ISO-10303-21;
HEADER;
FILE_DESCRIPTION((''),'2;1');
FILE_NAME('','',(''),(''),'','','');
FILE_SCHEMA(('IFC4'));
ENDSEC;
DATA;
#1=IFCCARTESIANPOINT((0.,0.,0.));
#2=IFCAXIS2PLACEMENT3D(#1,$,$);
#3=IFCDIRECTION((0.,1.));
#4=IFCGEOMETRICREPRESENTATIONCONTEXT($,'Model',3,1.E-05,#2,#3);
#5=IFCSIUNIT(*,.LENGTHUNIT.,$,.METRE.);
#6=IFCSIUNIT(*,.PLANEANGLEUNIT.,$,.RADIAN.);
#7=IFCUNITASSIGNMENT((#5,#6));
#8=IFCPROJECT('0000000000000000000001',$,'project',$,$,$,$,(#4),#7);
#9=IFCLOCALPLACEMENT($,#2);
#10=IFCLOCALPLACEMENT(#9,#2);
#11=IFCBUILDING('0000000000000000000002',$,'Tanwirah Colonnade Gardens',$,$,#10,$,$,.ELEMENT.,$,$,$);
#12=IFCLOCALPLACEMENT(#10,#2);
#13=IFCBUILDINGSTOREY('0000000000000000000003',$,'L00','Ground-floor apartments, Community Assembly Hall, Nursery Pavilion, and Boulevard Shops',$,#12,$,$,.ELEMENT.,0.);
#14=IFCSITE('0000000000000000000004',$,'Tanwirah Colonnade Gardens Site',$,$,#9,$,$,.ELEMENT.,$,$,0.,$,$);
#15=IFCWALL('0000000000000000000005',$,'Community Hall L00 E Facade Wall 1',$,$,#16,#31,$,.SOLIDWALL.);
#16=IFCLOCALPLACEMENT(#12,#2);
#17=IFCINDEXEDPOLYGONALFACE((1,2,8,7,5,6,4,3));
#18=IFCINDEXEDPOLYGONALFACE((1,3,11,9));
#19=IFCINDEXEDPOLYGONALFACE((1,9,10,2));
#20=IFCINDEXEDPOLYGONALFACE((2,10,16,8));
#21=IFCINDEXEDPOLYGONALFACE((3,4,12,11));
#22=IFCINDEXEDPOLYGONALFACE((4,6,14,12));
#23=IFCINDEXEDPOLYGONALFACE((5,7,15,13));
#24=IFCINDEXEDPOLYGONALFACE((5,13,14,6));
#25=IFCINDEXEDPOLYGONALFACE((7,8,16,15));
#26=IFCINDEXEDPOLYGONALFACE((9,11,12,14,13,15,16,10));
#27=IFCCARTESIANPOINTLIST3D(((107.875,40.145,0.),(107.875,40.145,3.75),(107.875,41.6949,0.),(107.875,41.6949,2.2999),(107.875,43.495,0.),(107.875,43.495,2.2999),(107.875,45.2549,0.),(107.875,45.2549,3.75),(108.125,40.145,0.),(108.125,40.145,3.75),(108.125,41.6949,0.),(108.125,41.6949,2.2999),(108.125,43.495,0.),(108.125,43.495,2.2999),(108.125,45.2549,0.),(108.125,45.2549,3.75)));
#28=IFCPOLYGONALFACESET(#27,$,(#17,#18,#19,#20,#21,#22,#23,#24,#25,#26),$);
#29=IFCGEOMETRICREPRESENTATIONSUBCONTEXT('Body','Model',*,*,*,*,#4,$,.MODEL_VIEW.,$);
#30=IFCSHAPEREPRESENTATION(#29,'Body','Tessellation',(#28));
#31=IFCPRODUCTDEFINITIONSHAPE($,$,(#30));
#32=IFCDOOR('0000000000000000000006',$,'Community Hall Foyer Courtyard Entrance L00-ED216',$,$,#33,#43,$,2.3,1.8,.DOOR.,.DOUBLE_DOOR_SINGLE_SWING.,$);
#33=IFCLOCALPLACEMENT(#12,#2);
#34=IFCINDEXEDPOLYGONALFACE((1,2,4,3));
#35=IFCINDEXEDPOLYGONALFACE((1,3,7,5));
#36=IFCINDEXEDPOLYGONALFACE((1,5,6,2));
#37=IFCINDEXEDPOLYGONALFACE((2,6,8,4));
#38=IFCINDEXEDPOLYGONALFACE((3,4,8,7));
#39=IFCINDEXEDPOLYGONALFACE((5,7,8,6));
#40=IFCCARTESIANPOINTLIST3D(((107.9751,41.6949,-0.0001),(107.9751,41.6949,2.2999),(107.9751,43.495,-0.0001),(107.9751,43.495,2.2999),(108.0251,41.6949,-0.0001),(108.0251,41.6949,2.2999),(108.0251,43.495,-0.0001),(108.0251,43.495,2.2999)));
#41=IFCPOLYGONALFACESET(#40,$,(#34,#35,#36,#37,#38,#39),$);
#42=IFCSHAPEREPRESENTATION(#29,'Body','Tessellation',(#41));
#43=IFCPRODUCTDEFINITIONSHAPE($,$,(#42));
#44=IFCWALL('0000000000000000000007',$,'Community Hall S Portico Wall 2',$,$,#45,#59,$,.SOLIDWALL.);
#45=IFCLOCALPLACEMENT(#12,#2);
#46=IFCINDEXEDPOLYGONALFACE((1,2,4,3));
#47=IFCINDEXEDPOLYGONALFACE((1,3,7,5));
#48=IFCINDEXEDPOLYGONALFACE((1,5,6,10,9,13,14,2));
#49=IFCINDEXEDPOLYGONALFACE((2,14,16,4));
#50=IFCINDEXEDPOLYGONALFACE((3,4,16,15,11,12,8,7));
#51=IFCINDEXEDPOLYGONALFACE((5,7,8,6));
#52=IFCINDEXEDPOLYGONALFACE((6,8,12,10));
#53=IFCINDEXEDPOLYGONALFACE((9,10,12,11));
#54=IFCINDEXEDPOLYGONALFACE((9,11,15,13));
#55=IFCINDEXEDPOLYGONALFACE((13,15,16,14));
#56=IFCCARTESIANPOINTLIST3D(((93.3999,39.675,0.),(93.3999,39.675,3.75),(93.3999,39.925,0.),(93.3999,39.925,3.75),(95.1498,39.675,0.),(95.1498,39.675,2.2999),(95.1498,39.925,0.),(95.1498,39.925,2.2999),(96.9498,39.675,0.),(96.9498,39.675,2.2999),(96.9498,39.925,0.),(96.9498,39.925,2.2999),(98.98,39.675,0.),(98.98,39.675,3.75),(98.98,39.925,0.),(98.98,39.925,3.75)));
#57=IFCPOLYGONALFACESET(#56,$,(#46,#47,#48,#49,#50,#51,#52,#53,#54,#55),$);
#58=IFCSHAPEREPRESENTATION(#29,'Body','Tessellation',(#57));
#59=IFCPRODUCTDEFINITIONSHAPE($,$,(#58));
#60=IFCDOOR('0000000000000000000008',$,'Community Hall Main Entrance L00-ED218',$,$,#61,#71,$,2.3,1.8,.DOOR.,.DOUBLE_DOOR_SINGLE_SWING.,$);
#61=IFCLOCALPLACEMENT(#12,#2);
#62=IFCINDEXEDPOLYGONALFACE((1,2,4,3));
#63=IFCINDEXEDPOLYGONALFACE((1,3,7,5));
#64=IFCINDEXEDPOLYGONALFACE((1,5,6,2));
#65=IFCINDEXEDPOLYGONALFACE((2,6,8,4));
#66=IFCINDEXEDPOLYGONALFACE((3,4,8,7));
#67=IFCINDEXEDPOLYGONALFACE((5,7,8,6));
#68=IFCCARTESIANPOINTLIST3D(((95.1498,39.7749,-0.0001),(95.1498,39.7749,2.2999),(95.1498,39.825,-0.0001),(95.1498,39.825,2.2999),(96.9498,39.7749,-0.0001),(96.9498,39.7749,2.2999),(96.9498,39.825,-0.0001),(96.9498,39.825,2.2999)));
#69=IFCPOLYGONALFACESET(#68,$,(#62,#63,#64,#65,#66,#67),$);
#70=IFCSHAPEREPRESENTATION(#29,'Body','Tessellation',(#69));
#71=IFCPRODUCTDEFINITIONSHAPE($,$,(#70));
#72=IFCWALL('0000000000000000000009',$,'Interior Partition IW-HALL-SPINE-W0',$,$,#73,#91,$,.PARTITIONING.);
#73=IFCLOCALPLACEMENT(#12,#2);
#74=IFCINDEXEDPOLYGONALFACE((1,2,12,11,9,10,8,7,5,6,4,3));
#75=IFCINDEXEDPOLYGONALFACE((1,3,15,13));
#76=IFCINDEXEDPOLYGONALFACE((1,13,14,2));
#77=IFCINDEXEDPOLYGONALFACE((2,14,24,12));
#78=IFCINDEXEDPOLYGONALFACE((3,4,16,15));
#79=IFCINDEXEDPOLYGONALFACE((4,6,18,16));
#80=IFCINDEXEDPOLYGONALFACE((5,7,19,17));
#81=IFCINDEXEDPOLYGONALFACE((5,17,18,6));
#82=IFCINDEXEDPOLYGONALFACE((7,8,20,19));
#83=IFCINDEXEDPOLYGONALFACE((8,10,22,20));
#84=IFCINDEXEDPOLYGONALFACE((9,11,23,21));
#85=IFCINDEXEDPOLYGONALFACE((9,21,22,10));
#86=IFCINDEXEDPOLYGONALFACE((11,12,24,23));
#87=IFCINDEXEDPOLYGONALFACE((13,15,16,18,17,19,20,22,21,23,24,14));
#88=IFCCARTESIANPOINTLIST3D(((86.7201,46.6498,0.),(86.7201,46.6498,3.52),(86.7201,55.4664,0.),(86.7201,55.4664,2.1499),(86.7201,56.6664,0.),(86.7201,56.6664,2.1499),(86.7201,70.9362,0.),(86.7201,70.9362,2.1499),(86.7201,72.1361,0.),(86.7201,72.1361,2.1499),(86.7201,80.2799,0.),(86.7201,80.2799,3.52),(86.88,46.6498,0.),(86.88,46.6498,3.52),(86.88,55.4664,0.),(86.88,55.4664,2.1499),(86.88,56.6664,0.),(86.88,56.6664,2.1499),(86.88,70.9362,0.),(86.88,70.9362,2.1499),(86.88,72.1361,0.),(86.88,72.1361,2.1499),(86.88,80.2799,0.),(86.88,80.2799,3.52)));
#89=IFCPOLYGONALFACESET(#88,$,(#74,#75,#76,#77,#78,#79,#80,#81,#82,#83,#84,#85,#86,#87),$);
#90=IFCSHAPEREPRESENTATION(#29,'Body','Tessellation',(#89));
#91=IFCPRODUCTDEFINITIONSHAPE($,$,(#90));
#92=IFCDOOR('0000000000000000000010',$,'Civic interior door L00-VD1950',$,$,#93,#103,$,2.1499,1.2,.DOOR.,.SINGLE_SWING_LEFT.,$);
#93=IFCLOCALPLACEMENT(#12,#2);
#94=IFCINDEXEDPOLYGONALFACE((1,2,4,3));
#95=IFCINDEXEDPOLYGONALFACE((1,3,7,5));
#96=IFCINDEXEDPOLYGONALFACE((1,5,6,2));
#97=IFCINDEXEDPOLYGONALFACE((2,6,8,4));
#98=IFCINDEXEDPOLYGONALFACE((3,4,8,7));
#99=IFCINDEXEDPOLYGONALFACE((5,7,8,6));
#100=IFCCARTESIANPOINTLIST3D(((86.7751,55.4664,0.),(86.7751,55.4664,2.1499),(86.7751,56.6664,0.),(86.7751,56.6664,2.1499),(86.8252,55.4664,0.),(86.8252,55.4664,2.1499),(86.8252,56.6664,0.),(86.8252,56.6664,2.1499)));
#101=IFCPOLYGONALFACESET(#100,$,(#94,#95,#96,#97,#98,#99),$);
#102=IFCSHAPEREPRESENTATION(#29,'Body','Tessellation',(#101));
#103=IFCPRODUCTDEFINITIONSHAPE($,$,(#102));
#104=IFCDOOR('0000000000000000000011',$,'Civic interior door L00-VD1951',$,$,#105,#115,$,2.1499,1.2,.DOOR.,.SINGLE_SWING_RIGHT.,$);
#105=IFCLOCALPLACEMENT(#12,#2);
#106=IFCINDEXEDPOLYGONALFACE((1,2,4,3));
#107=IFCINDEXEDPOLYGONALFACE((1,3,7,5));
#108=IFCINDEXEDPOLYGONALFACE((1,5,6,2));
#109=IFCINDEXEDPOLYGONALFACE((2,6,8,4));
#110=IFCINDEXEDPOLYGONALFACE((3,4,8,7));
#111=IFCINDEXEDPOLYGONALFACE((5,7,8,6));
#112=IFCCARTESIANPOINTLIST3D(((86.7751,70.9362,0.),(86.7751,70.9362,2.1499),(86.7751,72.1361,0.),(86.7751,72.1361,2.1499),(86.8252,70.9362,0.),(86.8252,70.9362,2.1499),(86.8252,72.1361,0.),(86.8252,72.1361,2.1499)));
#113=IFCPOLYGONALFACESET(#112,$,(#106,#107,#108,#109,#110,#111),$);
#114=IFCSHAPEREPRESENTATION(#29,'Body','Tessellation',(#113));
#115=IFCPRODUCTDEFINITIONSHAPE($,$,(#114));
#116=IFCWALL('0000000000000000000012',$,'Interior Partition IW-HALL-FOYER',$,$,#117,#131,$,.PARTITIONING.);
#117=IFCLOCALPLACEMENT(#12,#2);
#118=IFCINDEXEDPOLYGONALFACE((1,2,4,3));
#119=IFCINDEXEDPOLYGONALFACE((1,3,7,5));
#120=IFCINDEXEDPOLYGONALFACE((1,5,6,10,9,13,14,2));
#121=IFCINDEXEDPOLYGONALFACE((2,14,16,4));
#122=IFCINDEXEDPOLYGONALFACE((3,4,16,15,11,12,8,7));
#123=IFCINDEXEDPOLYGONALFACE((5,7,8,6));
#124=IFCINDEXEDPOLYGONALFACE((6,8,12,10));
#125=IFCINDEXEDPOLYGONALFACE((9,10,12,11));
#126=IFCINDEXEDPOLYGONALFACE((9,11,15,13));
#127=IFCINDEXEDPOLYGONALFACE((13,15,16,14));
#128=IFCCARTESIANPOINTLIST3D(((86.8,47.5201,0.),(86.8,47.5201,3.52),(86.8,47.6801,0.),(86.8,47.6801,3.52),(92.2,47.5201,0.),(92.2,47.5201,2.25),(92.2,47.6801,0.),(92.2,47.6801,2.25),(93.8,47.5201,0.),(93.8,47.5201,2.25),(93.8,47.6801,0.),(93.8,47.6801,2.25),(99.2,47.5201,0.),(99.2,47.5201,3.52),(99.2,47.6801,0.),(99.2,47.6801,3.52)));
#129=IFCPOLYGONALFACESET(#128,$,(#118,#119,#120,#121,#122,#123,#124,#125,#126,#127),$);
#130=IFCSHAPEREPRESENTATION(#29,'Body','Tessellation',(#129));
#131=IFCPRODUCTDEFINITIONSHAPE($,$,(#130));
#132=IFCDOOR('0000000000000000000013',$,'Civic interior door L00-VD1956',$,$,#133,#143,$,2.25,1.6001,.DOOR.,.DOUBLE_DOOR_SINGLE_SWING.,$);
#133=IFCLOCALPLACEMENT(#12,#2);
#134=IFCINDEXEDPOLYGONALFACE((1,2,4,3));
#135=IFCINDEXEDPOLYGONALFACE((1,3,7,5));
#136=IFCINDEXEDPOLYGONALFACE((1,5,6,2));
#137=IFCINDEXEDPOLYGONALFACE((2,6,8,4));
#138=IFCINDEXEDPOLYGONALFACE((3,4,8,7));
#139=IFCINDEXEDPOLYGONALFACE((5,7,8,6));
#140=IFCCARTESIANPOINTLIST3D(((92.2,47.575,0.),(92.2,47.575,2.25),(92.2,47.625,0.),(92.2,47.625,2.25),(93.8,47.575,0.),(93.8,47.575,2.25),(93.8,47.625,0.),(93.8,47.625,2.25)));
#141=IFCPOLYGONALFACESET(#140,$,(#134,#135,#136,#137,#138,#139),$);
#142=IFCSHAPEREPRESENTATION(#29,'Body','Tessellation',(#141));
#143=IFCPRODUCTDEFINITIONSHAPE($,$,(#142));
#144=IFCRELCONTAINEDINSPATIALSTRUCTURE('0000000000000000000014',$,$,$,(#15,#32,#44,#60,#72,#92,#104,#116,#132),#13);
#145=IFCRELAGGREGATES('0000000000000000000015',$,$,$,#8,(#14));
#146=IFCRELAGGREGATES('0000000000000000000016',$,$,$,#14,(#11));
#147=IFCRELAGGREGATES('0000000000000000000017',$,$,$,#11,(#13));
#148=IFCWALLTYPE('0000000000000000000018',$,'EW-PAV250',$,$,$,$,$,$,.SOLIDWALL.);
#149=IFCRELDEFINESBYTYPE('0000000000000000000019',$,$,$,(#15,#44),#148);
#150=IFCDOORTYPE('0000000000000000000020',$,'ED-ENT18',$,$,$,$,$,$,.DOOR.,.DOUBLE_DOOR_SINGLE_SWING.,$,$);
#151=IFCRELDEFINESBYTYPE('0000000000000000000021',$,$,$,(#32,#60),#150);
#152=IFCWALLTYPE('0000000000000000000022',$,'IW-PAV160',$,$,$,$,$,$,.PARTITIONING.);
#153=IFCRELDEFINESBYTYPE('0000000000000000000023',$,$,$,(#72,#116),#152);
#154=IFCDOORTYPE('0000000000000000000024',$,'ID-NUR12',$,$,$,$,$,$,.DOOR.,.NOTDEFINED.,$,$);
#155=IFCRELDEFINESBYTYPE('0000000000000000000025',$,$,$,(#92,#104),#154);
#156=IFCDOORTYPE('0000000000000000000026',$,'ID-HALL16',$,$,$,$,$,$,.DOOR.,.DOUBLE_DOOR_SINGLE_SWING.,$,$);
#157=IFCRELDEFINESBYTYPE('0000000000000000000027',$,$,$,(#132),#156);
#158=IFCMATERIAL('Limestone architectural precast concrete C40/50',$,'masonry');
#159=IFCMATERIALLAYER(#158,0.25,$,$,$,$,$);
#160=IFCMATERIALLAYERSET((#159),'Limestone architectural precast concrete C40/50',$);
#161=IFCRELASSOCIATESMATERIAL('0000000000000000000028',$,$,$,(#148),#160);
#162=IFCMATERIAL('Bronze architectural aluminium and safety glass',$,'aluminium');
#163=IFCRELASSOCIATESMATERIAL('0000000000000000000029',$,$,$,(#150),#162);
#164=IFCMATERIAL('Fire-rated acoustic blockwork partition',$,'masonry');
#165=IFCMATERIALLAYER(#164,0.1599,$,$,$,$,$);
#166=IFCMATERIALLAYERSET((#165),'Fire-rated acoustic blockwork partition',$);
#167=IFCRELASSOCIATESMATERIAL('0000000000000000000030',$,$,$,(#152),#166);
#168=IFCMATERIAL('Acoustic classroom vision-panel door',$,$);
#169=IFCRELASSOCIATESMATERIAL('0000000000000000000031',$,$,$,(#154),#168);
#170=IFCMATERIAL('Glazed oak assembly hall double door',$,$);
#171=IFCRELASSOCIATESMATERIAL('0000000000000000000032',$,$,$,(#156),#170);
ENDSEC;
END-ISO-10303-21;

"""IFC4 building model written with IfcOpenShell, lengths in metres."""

from ifc_helpers import new_model, si_unit, direction, frame, frame_2d, origin, place, context, subcontext, project, spatial, rectangle, extrude, material, layer, layer_set, type_object, element, fill, save


model = new_model("IFC4")

# Units and contexts
model_context = context("Model", 3, precision=1e-05, world=origin(), true_north=direction((0.0, 1.0)))
body_context = subcontext(model_context, "Body", "Model", "MODEL_VIEW")
ifc_project = project(units=[si_unit("LENGTHUNIT", "METRE"), si_unit("PLANEANGLEUNIT", "RADIAN")], contexts=[model_context])

# Site, building, storey
site_placement = place(None, origin())
site = spatial("IfcSite", under=ifc_project, at=site_placement, Name="Tanwirah Colonnade Gardens Site", CompositionType="ELEMENT", RefElevation=0.0)
building_placement = place(site_placement, origin())
building = spatial("IfcBuilding", under=site, at=building_placement, Name="Tanwirah Colonnade Gardens", CompositionType="ELEMENT")
storey_placement = place(building_placement, origin())
storey = spatial("IfcBuildingStorey", under=building, at=storey_placement, Name="L00", Description="Ground-floor apartments, Community Assembly Hall, Nursery Pavilion, and Boulevard Shops", CompositionType="ELEMENT", Elevation=0.0)

# Walls, openings, doors
ifc_material_1 = material(Name="Limestone architectural precast concrete C40/50", Category="masonry")
ifc_layer_1 = layer(ifc_material_1, 0.25)
ifc_layer_set_1 = layer_set([ifc_layer_1], Name="Limestone architectural precast concrete C40/50")
wall_type_1 = type_object("IfcWallType", Name="EW-PAV250", PredefinedType="SOLIDWALL", material=ifc_layer_set_1)
wall_1_placement = place(storey_placement, frame((108.0, 40.145, 0.0), z_axis=(0.0, 0.0, 1.0), x_axis=(0.0, 1.0, 0.0)))
wall_1 = element("IfcWall", 1, at=wall_1_placement, inside=storey, type_object=wall_type_1, Name="Community Hall L00 E Facade Wall 1", PredefinedType="SOLIDWALL", context=body_context, shape_type="SweptSolid", body=[
    extrude(rectangle(XDim=5.1099, YDim=0.25, at=frame_2d((2.5549, 0.0))), origin(), (0.0, 0.0, 1.0), 3.75),
])
opening_1_placement = place(wall_1_placement, frame((1.55, 0.0, 0.0)))
opening_1 = element("IfcOpeningElement", 2, at=opening_1_placement, cuts=wall_1, PredefinedType="OPENING", context=body_context, shape_type="SweptSolid", body=[
    extrude(rectangle(XDim=1.8, YDim=2.3, at=frame_2d((0.8999, 1.1499))), frame((0.0, 0.135, 0.0), z_axis=(0.0, -1.0, 0.0), x_axis=(1.0, 0.0, 0.0)), (0.0, 0.0, 1.0), 0.27),
])
ifc_material_2 = material(Name="Bronze architectural aluminium and safety glass", Category="aluminium")
door_type_1 = type_object("IfcDoorType", Name="ED-ENT18", OperationType="DOUBLE_DOOR_SINGLE_SWING", PredefinedType="DOOR", material=ifc_material_2)
door_1_placement = place(opening_1_placement, origin())
door_1 = element("IfcDoor", 3, at=door_1_placement, inside=storey, type_object=door_type_1, Name="Community Hall Foyer Courtyard Entrance L00-ED216", OperationType="DOUBLE_DOOR_SINGLE_SWING", OverallHeight=2.3, OverallWidth=1.8, PredefinedType="DOOR", context=body_context, shape_type="SweptSolid", body=[
    extrude(rectangle(XDim=1.8, YDim=2.3, at=frame_2d((0.8999, 1.1499))), frame((0.0, 0.0249, 0.0), z_axis=(0.0, -1.0, 0.0), x_axis=(1.0, 0.0, 0.0)), (0.0, 0.0, 1.0), 0.05),
])
fill(opening_1, door_1)
wall_2_placement = place(storey_placement, frame((93.3999, 39.8, 0.0), z_axis=(0.0, 0.0, 1.0), x_axis=(1.0, 0.0, 0.0)))
wall_2 = element("IfcWall", 4, at=wall_2_placement, inside=storey, type_object=wall_type_1, Name="Community Hall S Portico Wall 2", PredefinedType="SOLIDWALL", context=body_context, shape_type="SweptSolid", body=[
    extrude(rectangle(XDim=5.5801, YDim=0.25, at=frame_2d((2.79, 0.0))), origin(), (0.0, 0.0, 1.0), 3.75),
])
opening_2_placement = place(wall_2_placement, frame((1.75, 0.0, 0.0)))
opening_2 = element("IfcOpeningElement", 5, at=opening_2_placement, cuts=wall_2, PredefinedType="OPENING", context=body_context, shape_type="SweptSolid", body=[
    extrude(rectangle(XDim=1.8, YDim=2.3, at=frame_2d((0.8999, 1.1499))), frame((0.0, 0.135, 0.0), z_axis=(0.0, -1.0, 0.0), x_axis=(1.0, 0.0, 0.0)), (0.0, 0.0, 1.0), 0.27),
])
door_2_placement = place(opening_2_placement, origin())
door_2 = element("IfcDoor", 6, at=door_2_placement, inside=storey, type_object=door_type_1, Name="Community Hall Main Entrance L00-ED218", OperationType="DOUBLE_DOOR_SINGLE_SWING", OverallHeight=2.3, OverallWidth=1.8, PredefinedType="DOOR", context=body_context, shape_type="SweptSolid", body=[
    extrude(rectangle(XDim=1.8, YDim=2.3, at=frame_2d((0.8999, 1.1499))), frame((0.0, 0.0249, 0.0), z_axis=(0.0, -1.0, 0.0), x_axis=(1.0, 0.0, 0.0)), (0.0, 0.0, 1.0), 0.05),
])
fill(opening_2, door_2)

# Wall, openings, doors
ifc_material_3 = material(Name="Fire-rated acoustic blockwork partition", Category="masonry")
ifc_layer_2 = layer(ifc_material_3, 0.1599)
ifc_layer_set_2 = layer_set([ifc_layer_2], Name="Fire-rated acoustic blockwork partition")
wall_type_2 = type_object("IfcWallType", Name="IW-PAV160", PredefinedType="PARTITIONING", material=ifc_layer_set_2)
wall_3_placement = place(storey_placement, frame((86.8, 46.6499, 0.0), z_axis=(0.0, 0.0, 1.0), x_axis=(0.0, 1.0, 0.0)))
wall_3 = element("IfcWall", 7, at=wall_3_placement, inside=storey, type_object=wall_type_2, Name="Interior Partition IW-HALL-SPINE-W0", PredefinedType="PARTITIONING", context=body_context, shape_type="SweptSolid", body=[
    extrude(rectangle(XDim=33.6301, YDim=0.1599, at=frame_2d((16.8149, 0.0))), origin(), (0.0, 0.0, 1.0), 3.52),
])
opening_3_placement = place(wall_3_placement, frame((8.8164, 0.0, 0.0)))
opening_3 = element("IfcOpeningElement", 8, at=opening_3_placement, cuts=wall_3, PredefinedType="OPENING", context=body_context, shape_type="SweptSolid", body=[
    extrude(rectangle(XDim=1.2, YDim=2.1499, at=frame_2d((0.6001, 1.075))), frame((0.0, 0.0898, 0.0), z_axis=(0.0, -1.0, 0.0), x_axis=(1.0, 0.0, 0.0)), (0.0, 0.0, 1.0), 0.1799),
])
opening_4_placement = place(wall_3_placement, frame((24.2861, 0.0, 0.0)))
opening_4 = element("IfcOpeningElement", 9, at=opening_4_placement, cuts=wall_3, PredefinedType="OPENING", context=body_context, shape_type="SweptSolid", body=[
    extrude(rectangle(XDim=1.2, YDim=2.1499, at=frame_2d((0.6001, 1.075))), frame((0.0, 0.0898, 0.0), z_axis=(0.0, -1.0, 0.0), x_axis=(1.0, 0.0, 0.0)), (0.0, 0.0, 1.0), 0.1799),
])
ifc_material_4 = material(Name="Acoustic classroom vision-panel door")
door_type_2 = type_object("IfcDoorType", Name="ID-NUR12", OperationType="NOTDEFINED", PredefinedType="DOOR", material=ifc_material_4)
door_3_placement = place(opening_3_placement, origin())
door_3 = element("IfcDoor", 10, at=door_3_placement, inside=storey, type_object=door_type_2, Name="Civic interior door L00-VD1950", OperationType="SINGLE_SWING_LEFT", OverallHeight=2.1499, OverallWidth=1.2, PredefinedType="DOOR", context=body_context, shape_type="SweptSolid", body=[
    extrude(rectangle(XDim=1.2, YDim=2.1499, at=frame_2d((0.6001, 1.075))), frame((0.0, 0.0249, 0.0), z_axis=(0.0, -1.0, 0.0), x_axis=(1.0, 0.0, 0.0)), (0.0, 0.0, 1.0), 0.05),
])
fill(opening_3, door_3)
door_4_placement = place(opening_4_placement, origin())
door_4 = element("IfcDoor", 11, at=door_4_placement, inside=storey, type_object=door_type_2, Name="Civic interior door L00-VD1951", OperationType="SINGLE_SWING_RIGHT", OverallHeight=2.1499, OverallWidth=1.2, PredefinedType="DOOR", context=body_context, shape_type="SweptSolid", body=[
    extrude(rectangle(XDim=1.2, YDim=2.1499, at=frame_2d((0.6001, 1.075))), frame((0.0, 0.0249, 0.0), z_axis=(0.0, -1.0, 0.0), x_axis=(1.0, 0.0, 0.0)), (0.0, 0.0, 1.0), 0.05),
])
fill(opening_4, door_4)

# Wall, opening, door
wall_4_placement = place(storey_placement, frame((86.8, 47.6001, 0.0), z_axis=(0.0, 0.0, 1.0), x_axis=(1.0, 0.0, 0.0)))
wall_4 = element("IfcWall", 12, at=wall_4_placement, inside=storey, type_object=wall_type_2, Name="Interior Partition IW-HALL-FOYER", PredefinedType="PARTITIONING", context=body_context, shape_type="SweptSolid", body=[
    extrude(rectangle(XDim=12.3999, YDim=0.1599, at=frame_2d((6.2, 0.0))), origin(), (0.0, 0.0, 1.0), 3.52),
])
opening_5_placement = place(wall_4_placement, frame((5.3999, 0.0, 0.0)))
opening_5 = element("IfcOpeningElement", 13, at=opening_5_placement, cuts=wall_4, PredefinedType="OPENING", context=body_context, shape_type="SweptSolid", body=[
    extrude(rectangle(XDim=1.6001, YDim=2.25, at=frame_2d((0.8, 1.125))), frame((0.0, 0.0898, 0.0), z_axis=(0.0, -1.0, 0.0), x_axis=(1.0, 0.0, 0.0)), (0.0, 0.0, 1.0), 0.1799),
])
ifc_material_5 = material(Name="Glazed oak assembly hall double door")
door_type_3 = type_object("IfcDoorType", Name="ID-HALL16", OperationType="DOUBLE_DOOR_SINGLE_SWING", PredefinedType="DOOR", material=ifc_material_5)
door_5_placement = place(opening_5_placement, origin())
door_5 = element("IfcDoor", 14, at=door_5_placement, inside=storey, type_object=door_type_3, Name="Civic interior door L00-VD1956", OperationType="DOUBLE_DOOR_SINGLE_SWING", OverallHeight=2.25, OverallWidth=1.6001, PredefinedType="DOOR", context=body_context, shape_type="SweptSolid", body=[
    extrude(rectangle(XDim=1.6001, YDim=2.25, at=frame_2d((0.8, 1.125))), frame((0.0, 0.0249, 0.0), z_axis=(0.0, -1.0, 0.0), x_axis=(1.0, 0.0, 0.0)), (0.0, 0.0, 1.0), 0.05),
])
fill(opening_5, door_5)

save(model, "model.ifc")
